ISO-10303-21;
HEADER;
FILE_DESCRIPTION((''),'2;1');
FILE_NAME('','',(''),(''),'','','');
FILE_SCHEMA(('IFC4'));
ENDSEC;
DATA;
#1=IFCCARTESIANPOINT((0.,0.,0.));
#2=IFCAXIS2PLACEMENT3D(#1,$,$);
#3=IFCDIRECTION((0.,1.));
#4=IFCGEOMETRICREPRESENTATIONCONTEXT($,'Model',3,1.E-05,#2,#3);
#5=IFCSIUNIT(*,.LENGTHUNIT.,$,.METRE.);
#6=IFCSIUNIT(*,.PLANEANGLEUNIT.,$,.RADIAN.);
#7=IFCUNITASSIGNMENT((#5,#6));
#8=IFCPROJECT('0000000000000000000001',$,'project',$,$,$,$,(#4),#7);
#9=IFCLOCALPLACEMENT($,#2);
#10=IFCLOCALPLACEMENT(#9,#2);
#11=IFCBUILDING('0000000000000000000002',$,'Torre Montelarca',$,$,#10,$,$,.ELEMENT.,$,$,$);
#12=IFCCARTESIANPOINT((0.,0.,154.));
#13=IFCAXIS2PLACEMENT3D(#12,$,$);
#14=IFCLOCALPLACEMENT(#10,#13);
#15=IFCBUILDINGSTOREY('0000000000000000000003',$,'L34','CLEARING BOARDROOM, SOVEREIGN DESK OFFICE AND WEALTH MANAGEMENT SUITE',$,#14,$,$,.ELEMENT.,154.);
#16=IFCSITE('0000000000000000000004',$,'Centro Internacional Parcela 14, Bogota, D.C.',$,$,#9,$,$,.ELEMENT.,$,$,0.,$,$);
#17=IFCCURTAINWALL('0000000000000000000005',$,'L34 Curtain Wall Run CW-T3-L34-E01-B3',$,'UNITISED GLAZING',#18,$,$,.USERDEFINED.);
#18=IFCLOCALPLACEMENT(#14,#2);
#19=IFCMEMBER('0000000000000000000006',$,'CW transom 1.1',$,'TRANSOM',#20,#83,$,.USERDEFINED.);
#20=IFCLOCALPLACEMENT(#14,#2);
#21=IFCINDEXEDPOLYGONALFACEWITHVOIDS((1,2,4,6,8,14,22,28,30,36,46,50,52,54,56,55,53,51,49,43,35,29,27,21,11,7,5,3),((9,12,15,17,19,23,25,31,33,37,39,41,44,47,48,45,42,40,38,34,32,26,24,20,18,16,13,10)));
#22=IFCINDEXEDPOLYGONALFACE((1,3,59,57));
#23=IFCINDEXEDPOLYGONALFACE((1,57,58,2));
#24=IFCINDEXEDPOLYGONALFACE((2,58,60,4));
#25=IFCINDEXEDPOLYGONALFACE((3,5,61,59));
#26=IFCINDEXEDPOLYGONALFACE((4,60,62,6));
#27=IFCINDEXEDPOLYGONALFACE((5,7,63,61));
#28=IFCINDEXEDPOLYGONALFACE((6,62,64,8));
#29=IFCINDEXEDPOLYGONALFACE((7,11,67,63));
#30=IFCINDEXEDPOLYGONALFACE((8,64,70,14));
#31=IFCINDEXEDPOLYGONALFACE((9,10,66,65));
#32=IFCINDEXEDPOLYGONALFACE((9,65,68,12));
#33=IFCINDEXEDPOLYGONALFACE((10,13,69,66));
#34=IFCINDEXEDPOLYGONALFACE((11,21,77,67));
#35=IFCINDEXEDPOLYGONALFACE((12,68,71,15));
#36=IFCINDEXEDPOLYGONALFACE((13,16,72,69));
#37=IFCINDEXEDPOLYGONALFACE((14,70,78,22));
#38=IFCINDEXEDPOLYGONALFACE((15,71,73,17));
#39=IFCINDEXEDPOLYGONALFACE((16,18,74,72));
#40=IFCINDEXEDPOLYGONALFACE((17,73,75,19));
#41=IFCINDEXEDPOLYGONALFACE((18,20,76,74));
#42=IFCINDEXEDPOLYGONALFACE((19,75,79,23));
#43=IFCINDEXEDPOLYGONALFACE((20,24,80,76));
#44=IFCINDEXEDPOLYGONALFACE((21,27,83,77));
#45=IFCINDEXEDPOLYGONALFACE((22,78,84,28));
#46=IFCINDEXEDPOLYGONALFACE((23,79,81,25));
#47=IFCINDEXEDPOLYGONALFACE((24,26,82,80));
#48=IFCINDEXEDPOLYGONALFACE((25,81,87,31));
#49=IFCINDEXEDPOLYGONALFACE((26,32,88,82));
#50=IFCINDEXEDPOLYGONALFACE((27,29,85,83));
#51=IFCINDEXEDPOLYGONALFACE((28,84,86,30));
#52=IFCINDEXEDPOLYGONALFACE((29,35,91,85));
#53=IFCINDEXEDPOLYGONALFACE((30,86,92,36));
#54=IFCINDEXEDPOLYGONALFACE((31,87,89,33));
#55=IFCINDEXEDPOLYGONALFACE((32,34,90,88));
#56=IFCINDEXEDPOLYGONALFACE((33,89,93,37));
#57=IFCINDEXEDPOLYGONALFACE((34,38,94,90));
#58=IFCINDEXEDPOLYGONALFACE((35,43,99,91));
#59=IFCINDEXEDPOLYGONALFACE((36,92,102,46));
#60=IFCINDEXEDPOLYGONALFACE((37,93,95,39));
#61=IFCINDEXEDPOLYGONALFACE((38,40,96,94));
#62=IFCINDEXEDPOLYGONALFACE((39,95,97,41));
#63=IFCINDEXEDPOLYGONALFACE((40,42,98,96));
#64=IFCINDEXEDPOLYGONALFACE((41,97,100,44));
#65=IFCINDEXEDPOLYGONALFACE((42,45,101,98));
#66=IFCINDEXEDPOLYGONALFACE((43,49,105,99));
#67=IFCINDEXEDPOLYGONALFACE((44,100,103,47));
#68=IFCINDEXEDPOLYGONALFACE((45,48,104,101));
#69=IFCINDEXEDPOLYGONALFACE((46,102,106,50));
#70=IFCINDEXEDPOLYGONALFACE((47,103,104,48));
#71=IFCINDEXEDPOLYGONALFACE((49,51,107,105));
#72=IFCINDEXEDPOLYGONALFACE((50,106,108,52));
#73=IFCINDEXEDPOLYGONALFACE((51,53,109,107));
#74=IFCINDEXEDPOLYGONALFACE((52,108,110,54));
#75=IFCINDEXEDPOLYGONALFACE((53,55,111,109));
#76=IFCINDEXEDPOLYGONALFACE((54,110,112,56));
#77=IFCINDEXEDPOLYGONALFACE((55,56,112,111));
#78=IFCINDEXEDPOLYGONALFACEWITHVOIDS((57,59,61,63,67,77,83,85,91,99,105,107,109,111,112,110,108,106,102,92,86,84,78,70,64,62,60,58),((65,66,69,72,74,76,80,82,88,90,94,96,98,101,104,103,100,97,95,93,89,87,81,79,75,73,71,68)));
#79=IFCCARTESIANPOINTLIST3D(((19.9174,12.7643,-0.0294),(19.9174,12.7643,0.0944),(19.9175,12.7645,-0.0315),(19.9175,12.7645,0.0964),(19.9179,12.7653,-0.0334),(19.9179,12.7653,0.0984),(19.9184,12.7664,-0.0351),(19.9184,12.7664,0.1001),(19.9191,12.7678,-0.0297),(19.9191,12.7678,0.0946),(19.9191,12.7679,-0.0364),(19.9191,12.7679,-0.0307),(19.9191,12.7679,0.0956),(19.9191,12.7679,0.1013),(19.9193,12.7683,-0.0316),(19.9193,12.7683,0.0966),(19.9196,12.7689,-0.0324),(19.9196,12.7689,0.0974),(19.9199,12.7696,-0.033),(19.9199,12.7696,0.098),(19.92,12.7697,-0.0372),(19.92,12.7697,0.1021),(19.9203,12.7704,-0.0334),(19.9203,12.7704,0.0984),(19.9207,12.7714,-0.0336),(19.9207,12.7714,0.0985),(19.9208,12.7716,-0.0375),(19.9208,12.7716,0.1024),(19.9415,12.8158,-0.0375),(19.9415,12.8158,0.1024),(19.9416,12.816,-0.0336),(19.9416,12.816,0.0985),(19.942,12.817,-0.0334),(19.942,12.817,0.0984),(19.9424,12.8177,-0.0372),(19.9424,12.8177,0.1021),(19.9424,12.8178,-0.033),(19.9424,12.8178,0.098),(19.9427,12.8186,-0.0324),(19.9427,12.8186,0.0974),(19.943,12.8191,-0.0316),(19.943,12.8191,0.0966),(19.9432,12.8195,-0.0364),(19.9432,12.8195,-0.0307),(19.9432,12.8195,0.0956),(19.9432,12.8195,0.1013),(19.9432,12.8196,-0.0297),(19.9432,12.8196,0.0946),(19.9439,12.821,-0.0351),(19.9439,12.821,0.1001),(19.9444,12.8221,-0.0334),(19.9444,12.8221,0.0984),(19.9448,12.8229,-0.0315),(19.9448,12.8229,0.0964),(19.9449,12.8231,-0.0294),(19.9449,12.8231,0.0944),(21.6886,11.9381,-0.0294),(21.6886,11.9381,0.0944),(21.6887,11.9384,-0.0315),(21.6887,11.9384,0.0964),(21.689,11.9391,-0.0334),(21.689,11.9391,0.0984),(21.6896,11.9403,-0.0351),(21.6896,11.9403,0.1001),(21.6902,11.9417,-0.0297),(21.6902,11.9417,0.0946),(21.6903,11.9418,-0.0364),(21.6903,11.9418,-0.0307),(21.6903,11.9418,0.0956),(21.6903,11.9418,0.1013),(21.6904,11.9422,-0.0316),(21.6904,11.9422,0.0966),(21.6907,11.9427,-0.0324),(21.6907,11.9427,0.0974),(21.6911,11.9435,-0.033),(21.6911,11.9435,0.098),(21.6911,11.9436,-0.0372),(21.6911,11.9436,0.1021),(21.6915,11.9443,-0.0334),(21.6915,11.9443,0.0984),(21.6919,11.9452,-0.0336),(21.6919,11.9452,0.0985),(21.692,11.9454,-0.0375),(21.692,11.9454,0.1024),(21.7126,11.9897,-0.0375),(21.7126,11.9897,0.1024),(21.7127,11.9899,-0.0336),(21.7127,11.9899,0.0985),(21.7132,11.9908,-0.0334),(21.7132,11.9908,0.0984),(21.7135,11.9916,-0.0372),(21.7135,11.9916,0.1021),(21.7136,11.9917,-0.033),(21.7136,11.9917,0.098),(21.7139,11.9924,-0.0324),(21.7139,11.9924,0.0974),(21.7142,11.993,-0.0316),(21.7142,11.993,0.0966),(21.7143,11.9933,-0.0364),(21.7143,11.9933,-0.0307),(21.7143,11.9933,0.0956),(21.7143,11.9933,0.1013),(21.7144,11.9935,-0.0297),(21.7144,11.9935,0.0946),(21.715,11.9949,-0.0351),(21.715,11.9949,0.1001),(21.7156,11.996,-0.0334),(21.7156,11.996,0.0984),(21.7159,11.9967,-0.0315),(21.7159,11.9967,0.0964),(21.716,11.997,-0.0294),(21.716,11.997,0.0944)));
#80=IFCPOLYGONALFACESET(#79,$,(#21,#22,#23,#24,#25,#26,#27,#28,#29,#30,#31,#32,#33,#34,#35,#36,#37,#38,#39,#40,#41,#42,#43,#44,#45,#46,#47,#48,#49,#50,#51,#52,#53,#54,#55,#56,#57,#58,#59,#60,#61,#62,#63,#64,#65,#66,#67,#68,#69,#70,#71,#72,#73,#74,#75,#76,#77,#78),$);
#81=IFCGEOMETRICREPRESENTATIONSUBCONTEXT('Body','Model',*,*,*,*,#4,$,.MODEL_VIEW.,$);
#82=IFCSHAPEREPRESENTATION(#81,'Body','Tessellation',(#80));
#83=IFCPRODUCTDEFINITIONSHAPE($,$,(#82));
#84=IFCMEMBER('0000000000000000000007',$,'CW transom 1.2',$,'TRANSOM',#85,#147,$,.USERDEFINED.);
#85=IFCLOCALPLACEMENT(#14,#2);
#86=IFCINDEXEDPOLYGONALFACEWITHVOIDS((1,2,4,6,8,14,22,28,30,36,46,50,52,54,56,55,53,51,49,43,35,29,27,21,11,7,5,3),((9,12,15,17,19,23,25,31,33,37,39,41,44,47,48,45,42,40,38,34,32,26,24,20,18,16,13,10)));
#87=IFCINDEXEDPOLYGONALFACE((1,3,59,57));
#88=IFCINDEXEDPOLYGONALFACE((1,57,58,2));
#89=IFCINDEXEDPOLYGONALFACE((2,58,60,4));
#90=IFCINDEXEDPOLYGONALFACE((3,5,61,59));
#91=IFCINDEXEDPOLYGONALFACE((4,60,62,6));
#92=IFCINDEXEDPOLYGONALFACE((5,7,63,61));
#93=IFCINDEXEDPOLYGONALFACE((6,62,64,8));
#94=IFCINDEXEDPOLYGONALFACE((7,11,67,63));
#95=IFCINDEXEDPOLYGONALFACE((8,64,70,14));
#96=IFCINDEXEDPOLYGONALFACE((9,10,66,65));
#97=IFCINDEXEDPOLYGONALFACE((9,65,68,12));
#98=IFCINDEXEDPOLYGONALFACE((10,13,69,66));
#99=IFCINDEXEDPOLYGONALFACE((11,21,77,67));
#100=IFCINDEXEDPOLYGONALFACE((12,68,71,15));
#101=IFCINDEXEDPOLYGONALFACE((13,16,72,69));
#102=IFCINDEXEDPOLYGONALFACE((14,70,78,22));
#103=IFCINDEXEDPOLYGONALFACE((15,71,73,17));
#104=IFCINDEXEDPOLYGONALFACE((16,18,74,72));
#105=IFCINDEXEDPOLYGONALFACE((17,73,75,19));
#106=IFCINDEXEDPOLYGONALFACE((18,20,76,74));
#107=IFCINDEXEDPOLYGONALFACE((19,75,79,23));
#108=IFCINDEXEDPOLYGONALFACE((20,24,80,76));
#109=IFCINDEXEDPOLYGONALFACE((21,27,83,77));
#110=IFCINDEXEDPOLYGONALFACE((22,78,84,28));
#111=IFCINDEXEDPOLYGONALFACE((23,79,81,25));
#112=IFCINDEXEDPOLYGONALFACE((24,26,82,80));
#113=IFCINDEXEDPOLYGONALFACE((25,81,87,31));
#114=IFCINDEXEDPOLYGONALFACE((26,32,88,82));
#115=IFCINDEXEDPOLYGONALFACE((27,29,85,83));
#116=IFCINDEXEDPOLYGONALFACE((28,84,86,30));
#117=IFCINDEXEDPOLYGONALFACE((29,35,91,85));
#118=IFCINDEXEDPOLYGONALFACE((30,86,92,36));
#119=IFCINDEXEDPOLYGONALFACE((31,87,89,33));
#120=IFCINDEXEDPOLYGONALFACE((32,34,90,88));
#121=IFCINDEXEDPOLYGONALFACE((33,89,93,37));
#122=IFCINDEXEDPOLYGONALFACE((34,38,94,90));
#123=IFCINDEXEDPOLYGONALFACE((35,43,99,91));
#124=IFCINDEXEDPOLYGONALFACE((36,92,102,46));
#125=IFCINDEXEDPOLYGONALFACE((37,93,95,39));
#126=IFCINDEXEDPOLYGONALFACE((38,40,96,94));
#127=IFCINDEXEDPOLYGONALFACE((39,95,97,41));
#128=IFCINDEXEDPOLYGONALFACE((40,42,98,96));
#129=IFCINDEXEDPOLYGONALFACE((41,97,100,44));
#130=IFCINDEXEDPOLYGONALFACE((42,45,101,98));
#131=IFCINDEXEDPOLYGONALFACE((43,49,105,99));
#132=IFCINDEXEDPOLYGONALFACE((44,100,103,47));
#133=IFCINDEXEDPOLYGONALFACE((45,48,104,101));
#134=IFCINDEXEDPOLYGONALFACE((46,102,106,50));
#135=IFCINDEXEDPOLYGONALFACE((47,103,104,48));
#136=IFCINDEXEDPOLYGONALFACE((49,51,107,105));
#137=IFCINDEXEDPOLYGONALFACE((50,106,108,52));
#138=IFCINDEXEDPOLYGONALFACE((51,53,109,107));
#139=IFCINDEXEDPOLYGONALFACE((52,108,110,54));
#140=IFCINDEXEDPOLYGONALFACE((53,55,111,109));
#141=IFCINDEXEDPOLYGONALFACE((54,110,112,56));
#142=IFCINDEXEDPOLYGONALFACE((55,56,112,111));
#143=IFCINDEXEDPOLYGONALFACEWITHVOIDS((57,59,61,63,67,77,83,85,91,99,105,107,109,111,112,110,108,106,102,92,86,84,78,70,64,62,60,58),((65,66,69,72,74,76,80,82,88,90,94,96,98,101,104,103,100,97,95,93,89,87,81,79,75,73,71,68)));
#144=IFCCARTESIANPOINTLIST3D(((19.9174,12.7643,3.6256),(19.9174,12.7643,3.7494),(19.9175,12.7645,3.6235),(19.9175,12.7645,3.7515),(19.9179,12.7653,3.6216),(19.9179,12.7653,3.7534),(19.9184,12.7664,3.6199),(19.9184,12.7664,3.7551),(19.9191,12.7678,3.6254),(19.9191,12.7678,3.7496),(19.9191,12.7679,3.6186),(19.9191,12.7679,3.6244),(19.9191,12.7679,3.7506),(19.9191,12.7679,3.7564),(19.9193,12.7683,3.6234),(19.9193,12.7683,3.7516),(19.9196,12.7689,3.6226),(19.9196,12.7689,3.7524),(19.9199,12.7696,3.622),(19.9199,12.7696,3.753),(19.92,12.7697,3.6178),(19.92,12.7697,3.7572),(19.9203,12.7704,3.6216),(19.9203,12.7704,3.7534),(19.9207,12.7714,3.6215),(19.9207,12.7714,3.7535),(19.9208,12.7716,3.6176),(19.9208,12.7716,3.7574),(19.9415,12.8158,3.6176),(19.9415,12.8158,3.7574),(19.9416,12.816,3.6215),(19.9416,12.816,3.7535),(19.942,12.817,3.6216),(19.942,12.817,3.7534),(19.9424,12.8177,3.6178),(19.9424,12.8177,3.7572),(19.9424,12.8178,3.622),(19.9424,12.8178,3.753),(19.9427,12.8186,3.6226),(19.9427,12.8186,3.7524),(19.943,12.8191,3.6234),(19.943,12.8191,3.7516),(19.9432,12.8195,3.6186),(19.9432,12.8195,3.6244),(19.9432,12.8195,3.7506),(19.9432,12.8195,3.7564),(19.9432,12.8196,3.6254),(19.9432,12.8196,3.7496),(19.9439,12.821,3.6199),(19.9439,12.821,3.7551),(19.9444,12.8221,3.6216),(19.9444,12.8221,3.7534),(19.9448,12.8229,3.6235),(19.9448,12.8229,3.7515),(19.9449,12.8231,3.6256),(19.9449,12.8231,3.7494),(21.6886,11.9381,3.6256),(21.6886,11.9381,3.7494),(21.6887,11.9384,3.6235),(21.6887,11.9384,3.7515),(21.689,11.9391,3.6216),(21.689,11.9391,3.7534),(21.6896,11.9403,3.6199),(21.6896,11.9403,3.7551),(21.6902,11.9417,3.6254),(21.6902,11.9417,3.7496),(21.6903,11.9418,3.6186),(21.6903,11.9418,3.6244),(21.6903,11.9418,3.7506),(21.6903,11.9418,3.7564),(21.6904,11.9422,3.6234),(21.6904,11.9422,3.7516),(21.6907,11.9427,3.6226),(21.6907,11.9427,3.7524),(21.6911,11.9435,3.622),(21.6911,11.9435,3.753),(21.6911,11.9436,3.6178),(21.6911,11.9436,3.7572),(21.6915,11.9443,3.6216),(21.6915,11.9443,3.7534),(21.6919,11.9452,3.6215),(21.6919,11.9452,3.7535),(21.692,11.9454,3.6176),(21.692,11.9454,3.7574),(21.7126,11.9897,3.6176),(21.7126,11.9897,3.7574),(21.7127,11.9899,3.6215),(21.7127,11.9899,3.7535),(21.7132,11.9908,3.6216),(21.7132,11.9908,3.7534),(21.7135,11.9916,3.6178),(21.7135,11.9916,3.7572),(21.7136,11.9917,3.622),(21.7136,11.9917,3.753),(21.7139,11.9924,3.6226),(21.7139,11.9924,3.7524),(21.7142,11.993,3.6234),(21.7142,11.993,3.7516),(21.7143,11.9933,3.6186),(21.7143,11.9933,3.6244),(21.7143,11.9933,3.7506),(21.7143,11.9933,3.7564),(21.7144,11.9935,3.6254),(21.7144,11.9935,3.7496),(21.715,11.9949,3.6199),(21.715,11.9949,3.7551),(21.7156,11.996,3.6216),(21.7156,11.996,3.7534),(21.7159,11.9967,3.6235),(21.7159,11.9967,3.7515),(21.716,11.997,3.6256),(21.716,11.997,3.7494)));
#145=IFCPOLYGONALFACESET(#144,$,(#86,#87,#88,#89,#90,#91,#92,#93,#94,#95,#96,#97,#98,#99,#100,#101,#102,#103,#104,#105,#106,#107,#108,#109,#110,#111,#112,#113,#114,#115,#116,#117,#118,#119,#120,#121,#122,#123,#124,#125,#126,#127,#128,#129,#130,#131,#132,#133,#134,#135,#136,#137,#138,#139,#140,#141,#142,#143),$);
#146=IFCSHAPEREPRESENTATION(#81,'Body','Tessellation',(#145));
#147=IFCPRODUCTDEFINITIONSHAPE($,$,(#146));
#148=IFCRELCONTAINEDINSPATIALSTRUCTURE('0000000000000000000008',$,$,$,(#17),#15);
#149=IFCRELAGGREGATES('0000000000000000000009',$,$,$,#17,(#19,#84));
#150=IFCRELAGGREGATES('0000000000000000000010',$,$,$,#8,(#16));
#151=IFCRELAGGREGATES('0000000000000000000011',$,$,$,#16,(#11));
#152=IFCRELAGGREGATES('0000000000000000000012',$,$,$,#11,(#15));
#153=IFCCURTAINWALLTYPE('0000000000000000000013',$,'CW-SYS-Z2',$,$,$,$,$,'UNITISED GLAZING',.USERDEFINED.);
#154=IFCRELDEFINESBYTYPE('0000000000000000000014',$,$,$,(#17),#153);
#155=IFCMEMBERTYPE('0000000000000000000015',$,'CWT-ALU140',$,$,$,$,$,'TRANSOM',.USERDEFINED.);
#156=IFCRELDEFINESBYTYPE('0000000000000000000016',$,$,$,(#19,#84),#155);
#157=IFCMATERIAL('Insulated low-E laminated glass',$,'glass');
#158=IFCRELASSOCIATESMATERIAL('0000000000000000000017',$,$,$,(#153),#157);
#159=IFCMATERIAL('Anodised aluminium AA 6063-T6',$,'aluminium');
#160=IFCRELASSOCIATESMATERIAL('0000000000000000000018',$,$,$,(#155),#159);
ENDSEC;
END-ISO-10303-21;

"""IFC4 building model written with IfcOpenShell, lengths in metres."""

from ifc_helpers import new_model, si_unit, direction, frame, origin, origin_2d, place, context, subcontext, project, spatial, hollow_rectangle, extrude, source, transform, mapped, material, material_profile, profile_set, type_object, element, aggregate, save


model = new_model("IFC4")

# Units and contexts
model_context = context("Model", 3, precision=1e-05, world=origin(), true_north=direction((0.0, 1.0)))
body_context = subcontext(model_context, "Body", "Model", "MODEL_VIEW")
ifc_project = project(units=[si_unit("LENGTHUNIT", "METRE"), si_unit("PLANEANGLEUNIT", "RADIAN")], contexts=[model_context])

# Site, building, storey
site_placement = place(None, origin())
site = spatial("IfcSite", under=ifc_project, at=site_placement, Name="Centro Internacional Parcela 14, Bogota, D.C.", CompositionType="ELEMENT", RefElevation=0.0)
building_placement = place(site_placement, origin())
building = spatial("IfcBuilding", under=site, at=building_placement, Name="Torre Montelarca", CompositionType="ELEMENT")
storey_placement = place(building_placement, frame((0.0, 0.0, 154.0)))
storey = spatial("IfcBuildingStorey", under=building, at=storey_placement, Name="L34", Description="CLEARING BOARDROOM, SOVEREIGN DESK OFFICE AND WEALTH MANAGEMENT SUITE", CompositionType="ELEMENT", Elevation=154.0)

# Shared definitions
ifc_material_1 = material(Name="Insulated low-E laminated glass", Category="glass")
curtain_wall_type = type_object("IfcCurtainWallType", Name="CW-SYS-Z2", ElementType="UNITISED GLAZING", PredefinedType="USERDEFINED", material=ifc_material_1)
ifc_material_2 = material(Name="Anodised aluminium AA 6063-T6", Category="aluminium")

# Curtain wall
curtain_wall_1_placement = place(storey_placement, origin())
curtain_wall_1 = element("IfcCurtainWall", 1, at=curtain_wall_1_placement, inside=storey, type_object=curtain_wall_type, Name="L34 Curtain Wall Run CW-T3-L34-E01-B3", ObjectType="UNITISED GLAZING", PredefinedType="USERDEFINED")

# Members
ifc_material_profile_1 = material_profile(ifc_material_2, hollow_rectangle(XDim=0.0649, YDim=0.1399, WallThickness=0.0039, InnerFilletRadius=0.0039, OuterFilletRadius=0.0081, at=origin_2d()), Name="ALU65X140X4", Category="aluminium")
ifc_profile_set_1 = profile_set([ifc_material_profile_1], Name="Anodised aluminium AA 6063-T6")
member_type_1 = type_object("IfcMemberType", Name="CWT-ALU140", ElementType="TRANSOM", PredefinedType="USERDEFINED", material=ifc_profile_set_1)
shared_shape_1 = source(origin(), body_context, "Body", "SweptSolid", [
    extrude(hollow_rectangle(XDim=0.0649, YDim=0.1399, WallThickness=0.0039, InnerFilletRadius=0.0039, OuterFilletRadius=0.0081, at=origin_2d()), origin(), (0.0, 0.0, 1.0), 1.9543),
])
member_1_placement = place(storey_placement, frame((19.9312, 12.7937, 0.0325), z_axis=(0.906263, -0.422714, 0.0), x_axis=(0.422714, 0.906263, 0.0)))
member_1 = element("IfcMember", 2, at=member_1_placement, type_object=member_type_1, Name="CW transom 1.1", ObjectType="TRANSOM", PredefinedType="USERDEFINED", context=body_context, shape_type="MappedRepresentation", body=[
    mapped(shared_shape_1, transform((0.0, 0.0, 0.0), scale=1.0)),
])
member_2_placement = place(storey_placement, frame((19.9312, 12.7937, 3.6875), z_axis=(0.906263, -0.422714, 0.0), x_axis=(0.422714, 0.906263, 0.0)))
member_2 = element("IfcMember", 3, at=member_2_placement, type_object=member_type_1, Name="CW transom 1.2", ObjectType="TRANSOM", PredefinedType="USERDEFINED", context=body_context, shape_type="MappedRepresentation", body=[
    mapped(shared_shape_1, transform((0.0, 0.0, 0.0), scale=1.0)),
])

aggregate(curtain_wall_1, [member_1, member_2])

save(model, "model.ifc")
